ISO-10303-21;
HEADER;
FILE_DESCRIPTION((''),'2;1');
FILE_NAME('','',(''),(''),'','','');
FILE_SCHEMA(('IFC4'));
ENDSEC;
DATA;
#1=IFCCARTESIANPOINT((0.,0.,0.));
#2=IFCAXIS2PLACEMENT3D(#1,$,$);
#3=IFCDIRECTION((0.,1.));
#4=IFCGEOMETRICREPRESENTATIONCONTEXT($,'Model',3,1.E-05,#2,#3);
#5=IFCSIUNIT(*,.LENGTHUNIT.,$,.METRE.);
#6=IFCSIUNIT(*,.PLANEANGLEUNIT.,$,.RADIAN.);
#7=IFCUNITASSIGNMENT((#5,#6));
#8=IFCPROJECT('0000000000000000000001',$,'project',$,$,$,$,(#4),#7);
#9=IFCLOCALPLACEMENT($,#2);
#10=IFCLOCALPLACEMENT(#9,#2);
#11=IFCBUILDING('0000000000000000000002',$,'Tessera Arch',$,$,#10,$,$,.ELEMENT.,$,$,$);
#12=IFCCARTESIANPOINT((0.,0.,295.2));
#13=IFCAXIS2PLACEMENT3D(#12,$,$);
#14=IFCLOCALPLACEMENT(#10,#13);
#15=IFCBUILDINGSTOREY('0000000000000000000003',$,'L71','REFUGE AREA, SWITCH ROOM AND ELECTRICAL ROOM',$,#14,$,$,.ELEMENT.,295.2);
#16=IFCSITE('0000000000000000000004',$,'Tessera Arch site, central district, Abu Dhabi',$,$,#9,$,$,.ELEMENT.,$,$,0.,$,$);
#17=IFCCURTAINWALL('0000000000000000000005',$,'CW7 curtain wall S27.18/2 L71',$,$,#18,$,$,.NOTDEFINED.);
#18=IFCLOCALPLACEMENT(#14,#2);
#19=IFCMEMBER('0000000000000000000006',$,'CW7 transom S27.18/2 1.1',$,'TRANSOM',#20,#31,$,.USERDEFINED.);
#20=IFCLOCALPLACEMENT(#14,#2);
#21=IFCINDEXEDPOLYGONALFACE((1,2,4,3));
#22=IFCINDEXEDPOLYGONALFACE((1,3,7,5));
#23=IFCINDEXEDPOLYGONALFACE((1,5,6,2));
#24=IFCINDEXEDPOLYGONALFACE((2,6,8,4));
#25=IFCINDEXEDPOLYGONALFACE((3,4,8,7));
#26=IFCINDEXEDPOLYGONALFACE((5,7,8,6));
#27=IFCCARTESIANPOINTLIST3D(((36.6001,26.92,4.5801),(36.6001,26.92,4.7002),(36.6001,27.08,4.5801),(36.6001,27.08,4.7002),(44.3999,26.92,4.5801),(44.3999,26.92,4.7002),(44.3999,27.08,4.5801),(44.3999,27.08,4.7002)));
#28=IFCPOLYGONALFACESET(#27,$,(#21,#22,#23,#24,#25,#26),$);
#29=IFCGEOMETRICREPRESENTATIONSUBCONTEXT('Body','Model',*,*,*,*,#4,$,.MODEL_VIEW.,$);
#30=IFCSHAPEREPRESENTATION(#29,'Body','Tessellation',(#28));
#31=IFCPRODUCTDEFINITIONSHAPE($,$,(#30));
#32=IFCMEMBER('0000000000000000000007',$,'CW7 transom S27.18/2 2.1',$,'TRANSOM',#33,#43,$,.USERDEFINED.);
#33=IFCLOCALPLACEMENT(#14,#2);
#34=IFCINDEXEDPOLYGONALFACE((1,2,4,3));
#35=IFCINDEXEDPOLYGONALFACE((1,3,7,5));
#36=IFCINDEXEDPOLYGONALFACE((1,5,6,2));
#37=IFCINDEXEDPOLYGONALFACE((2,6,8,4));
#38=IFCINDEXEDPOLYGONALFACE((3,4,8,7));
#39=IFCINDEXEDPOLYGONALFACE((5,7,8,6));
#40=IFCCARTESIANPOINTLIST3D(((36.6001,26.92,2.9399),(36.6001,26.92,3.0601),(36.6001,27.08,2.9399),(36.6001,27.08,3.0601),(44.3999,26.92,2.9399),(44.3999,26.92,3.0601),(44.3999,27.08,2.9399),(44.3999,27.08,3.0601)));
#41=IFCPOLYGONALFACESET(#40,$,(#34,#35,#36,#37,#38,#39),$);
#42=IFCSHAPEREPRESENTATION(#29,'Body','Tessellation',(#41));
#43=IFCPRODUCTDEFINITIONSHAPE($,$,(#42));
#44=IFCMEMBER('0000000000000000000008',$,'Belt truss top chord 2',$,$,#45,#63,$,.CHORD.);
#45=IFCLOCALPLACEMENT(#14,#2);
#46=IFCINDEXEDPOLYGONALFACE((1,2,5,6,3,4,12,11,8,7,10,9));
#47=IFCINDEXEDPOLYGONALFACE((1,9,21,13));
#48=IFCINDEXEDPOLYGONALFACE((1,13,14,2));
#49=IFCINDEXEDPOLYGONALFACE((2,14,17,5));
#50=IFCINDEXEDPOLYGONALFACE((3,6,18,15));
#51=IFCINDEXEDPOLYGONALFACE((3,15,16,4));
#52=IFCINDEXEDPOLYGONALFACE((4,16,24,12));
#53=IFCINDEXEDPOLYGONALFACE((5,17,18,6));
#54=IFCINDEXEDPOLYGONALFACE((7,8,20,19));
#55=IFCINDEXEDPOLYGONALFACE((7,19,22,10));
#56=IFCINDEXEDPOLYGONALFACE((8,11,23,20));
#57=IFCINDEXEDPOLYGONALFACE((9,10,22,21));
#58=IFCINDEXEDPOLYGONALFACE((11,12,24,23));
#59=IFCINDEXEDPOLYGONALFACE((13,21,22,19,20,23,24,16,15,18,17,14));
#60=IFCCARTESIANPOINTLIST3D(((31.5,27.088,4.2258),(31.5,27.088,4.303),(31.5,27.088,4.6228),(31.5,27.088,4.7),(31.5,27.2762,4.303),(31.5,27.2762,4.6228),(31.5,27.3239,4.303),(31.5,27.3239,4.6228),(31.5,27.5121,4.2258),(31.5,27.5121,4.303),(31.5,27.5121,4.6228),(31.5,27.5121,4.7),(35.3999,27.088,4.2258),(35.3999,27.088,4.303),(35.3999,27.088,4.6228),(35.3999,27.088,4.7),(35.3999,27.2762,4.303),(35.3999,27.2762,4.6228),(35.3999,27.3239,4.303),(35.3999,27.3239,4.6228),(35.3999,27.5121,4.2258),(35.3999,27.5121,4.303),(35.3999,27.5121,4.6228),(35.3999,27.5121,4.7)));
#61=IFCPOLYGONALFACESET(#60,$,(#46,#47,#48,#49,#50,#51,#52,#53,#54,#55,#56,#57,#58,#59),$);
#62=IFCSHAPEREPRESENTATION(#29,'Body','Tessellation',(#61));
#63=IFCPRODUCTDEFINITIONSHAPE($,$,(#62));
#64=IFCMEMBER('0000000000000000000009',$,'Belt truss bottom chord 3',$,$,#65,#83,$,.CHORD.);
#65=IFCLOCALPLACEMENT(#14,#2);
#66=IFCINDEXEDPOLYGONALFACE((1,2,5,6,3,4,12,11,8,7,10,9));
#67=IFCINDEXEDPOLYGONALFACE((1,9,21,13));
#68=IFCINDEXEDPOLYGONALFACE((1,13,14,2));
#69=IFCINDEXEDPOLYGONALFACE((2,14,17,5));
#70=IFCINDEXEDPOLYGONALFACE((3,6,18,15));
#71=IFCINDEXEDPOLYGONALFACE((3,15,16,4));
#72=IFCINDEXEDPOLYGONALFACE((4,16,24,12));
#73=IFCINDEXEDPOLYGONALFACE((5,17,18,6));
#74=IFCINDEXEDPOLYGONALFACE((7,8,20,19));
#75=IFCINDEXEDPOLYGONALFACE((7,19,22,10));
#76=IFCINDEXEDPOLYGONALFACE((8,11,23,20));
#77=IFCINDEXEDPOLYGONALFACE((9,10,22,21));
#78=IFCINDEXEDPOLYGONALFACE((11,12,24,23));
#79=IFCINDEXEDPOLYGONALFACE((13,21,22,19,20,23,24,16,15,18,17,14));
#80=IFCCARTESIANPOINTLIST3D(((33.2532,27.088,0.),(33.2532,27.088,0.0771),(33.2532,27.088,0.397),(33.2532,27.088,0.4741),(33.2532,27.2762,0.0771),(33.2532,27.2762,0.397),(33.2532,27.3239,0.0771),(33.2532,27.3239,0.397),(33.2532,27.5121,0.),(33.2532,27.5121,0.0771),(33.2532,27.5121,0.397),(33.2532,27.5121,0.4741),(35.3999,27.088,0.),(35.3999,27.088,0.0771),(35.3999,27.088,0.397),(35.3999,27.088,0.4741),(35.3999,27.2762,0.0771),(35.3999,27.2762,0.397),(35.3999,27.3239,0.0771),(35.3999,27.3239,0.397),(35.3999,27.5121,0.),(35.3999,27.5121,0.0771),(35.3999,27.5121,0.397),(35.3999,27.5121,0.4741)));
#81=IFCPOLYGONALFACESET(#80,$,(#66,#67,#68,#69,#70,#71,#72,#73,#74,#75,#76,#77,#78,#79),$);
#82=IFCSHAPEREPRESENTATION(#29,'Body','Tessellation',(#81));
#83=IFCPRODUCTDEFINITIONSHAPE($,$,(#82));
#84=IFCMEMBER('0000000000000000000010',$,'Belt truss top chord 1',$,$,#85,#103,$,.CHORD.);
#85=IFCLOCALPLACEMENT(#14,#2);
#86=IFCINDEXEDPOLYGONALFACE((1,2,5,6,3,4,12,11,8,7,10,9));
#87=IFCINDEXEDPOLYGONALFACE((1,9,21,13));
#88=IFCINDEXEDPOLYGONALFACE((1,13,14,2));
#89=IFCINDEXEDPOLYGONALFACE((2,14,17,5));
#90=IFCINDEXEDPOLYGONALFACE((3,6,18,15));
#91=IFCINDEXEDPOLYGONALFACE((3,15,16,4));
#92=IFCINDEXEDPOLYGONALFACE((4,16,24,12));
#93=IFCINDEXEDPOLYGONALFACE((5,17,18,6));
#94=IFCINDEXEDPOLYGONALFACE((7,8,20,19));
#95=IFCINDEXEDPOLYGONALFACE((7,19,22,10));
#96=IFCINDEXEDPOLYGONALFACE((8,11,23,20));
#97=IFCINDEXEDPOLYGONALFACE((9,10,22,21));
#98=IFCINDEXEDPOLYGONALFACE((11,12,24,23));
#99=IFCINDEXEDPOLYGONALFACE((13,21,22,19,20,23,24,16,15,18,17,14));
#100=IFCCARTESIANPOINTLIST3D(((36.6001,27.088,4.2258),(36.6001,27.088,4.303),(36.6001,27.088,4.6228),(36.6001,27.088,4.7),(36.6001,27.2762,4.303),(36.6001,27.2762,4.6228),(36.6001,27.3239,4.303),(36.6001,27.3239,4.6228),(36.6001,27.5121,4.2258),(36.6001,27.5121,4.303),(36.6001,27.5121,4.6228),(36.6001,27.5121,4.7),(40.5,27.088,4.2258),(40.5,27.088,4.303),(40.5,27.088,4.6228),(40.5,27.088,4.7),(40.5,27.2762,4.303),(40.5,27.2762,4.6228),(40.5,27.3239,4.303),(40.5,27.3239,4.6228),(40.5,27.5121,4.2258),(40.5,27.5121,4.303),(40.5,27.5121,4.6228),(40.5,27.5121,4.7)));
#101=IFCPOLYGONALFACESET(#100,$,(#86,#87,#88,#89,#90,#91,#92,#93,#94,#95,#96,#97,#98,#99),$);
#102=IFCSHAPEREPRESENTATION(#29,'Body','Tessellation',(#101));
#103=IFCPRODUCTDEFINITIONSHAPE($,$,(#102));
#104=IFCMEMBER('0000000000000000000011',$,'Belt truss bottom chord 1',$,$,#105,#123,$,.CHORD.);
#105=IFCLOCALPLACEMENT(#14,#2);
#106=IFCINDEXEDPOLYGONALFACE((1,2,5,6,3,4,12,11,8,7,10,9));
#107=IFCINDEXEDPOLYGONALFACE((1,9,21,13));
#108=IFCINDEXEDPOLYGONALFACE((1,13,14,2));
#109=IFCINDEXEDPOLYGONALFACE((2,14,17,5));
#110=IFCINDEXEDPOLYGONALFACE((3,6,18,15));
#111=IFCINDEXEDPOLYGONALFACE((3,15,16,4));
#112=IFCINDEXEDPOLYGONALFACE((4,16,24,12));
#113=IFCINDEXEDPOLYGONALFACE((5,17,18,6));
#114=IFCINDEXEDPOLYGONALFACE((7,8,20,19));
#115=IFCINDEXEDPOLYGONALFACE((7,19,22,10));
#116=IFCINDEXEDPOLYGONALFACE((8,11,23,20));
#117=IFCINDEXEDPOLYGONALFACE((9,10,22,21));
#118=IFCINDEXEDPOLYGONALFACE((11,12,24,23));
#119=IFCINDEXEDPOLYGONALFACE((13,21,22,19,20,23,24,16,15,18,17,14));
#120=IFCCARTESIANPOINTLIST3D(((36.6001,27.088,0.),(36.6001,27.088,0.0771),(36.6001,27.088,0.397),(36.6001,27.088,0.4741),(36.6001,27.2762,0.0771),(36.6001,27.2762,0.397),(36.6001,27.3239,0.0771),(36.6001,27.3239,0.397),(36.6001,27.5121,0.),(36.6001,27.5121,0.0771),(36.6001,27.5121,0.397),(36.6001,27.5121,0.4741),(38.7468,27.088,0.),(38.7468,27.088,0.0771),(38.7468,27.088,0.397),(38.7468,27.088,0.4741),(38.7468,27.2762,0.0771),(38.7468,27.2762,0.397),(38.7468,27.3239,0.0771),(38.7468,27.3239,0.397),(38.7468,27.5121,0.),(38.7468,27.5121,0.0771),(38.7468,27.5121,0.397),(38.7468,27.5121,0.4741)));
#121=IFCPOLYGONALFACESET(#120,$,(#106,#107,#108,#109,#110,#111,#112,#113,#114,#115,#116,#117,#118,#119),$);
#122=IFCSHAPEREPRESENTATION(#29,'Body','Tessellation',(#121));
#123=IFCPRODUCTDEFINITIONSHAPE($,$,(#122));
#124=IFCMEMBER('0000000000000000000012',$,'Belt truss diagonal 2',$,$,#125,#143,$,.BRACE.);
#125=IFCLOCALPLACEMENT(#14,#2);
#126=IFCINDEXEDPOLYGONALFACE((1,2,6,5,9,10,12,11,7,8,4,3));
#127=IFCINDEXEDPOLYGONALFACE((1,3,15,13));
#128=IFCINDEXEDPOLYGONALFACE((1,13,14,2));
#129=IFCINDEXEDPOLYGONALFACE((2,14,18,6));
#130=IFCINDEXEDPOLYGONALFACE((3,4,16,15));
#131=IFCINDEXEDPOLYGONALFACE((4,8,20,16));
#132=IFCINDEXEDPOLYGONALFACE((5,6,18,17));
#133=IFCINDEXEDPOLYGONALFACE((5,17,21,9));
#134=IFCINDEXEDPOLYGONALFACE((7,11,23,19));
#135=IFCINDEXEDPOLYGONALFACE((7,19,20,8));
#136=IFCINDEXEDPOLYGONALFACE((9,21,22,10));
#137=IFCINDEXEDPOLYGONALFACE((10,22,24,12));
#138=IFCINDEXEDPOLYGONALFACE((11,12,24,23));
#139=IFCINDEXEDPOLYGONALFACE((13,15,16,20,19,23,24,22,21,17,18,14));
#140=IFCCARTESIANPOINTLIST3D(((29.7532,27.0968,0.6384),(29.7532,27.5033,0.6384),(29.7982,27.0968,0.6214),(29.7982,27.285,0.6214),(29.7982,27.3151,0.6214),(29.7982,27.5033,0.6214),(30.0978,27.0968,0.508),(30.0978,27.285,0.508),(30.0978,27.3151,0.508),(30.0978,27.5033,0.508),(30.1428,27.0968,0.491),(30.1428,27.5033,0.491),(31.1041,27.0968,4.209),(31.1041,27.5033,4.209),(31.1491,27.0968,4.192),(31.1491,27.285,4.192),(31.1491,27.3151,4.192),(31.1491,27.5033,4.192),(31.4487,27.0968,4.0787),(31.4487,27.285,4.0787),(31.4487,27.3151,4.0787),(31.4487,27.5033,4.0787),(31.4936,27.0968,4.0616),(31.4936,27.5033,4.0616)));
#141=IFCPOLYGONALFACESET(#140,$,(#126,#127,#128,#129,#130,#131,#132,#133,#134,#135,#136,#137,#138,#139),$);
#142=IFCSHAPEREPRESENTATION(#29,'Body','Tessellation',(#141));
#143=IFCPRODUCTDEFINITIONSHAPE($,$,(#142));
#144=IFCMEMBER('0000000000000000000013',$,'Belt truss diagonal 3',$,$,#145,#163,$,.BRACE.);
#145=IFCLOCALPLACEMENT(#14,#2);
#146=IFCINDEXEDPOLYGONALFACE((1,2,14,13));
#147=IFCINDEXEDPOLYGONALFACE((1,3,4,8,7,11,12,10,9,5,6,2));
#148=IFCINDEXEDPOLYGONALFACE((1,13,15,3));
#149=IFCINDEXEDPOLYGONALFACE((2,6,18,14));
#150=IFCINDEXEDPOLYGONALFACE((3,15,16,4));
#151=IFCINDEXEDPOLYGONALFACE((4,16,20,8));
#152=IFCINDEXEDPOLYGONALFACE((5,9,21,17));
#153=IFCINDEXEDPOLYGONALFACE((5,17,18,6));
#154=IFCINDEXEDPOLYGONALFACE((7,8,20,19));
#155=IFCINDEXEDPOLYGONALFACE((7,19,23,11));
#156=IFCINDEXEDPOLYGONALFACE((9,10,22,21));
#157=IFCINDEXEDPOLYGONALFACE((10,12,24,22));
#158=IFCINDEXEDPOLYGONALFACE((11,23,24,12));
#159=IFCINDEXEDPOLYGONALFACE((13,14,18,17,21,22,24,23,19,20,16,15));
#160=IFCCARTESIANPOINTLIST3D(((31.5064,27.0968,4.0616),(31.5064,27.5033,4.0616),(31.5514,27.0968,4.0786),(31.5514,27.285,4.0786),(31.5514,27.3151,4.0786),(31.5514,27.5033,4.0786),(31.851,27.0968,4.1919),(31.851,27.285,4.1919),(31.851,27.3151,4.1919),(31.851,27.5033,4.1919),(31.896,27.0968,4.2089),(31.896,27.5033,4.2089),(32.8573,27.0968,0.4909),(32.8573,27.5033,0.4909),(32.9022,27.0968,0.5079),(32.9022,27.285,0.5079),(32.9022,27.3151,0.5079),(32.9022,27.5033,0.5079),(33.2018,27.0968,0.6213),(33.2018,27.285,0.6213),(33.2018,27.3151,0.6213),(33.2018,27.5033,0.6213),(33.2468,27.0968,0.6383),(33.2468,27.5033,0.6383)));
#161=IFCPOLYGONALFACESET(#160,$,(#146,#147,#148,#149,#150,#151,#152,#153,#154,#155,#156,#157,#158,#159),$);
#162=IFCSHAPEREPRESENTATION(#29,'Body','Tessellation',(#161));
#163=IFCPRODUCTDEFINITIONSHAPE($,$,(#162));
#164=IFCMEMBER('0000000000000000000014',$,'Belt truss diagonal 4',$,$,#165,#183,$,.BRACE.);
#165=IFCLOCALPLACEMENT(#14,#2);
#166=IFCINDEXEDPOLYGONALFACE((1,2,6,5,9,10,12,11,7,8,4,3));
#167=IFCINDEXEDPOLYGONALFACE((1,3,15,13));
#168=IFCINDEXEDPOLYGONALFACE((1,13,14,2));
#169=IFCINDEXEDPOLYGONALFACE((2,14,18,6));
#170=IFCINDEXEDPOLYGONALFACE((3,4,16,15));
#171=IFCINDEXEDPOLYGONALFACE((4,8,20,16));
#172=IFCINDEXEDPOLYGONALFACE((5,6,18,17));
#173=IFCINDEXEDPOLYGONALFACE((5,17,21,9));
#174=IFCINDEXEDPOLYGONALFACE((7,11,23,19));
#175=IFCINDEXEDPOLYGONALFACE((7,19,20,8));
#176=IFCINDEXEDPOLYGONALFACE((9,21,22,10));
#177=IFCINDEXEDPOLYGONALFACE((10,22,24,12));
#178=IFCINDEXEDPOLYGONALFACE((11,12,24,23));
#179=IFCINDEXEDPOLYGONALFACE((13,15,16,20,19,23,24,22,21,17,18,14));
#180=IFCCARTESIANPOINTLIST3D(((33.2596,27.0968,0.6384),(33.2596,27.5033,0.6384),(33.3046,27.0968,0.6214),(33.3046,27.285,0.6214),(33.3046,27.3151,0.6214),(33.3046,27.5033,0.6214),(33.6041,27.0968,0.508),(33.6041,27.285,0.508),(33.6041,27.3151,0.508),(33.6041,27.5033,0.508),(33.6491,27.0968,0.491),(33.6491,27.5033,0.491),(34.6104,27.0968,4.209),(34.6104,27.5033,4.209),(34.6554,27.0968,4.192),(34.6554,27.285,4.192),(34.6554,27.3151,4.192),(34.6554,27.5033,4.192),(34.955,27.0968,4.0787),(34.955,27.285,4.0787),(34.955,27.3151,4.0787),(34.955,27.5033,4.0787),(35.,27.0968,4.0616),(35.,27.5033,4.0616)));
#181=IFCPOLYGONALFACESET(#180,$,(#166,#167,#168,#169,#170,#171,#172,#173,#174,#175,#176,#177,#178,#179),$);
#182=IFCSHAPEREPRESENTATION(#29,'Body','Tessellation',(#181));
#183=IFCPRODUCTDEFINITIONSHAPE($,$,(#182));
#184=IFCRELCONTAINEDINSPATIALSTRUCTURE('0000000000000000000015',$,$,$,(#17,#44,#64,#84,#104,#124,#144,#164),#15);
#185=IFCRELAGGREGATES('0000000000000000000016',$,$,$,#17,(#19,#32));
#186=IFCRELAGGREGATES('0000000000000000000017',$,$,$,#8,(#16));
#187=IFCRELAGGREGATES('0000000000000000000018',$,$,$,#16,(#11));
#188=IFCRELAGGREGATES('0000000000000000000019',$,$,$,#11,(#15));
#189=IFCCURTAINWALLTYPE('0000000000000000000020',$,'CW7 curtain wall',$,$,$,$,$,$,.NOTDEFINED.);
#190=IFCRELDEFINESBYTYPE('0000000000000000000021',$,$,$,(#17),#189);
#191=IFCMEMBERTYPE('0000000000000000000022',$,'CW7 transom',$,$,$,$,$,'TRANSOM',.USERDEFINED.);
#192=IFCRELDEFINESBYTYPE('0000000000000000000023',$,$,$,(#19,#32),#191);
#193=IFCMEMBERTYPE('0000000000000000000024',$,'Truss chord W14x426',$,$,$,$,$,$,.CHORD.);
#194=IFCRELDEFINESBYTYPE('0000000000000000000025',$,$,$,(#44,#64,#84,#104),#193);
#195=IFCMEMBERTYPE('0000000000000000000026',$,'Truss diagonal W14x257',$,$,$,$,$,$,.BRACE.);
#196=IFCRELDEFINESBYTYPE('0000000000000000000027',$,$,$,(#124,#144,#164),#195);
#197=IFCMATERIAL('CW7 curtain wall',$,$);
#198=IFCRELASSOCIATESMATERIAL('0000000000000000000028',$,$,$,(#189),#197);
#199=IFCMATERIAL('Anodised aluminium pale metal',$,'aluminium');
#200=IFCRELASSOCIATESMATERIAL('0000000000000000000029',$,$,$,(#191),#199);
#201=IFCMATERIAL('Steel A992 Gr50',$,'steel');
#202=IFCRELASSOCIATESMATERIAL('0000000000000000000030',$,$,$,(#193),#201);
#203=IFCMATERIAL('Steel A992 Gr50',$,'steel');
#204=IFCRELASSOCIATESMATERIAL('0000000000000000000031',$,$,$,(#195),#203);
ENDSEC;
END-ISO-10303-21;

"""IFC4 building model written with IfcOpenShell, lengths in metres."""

from ifc_helpers import new_model, si_unit, direction, frame, origin, origin_2d, place, context, subcontext, project, spatial, rectangle, i_section, extrude, material, material_profile, profile_set, type_object, element, aggregate, save


model = new_model("IFC4")

# Units and contexts
model_context = context("Model", 3, precision=1e-05, world=origin(), true_north=direction((0.0, 1.0)))
body_context = subcontext(model_context, "Body", "Model", "MODEL_VIEW")
ifc_project = project(units=[si_unit("LENGTHUNIT", "METRE"), si_unit("PLANEANGLEUNIT", "RADIAN")], contexts=[model_context])

# Site, building, storey
site_placement = place(None, origin())
site = spatial("IfcSite", under=ifc_project, at=site_placement, Name="Tessera Arch site, central district, Abu Dhabi", CompositionType="ELEMENT", RefElevation=0.0)
building_placement = place(site_placement, origin())
building = spatial("IfcBuilding", under=site, at=building_placement, Name="Tessera Arch", CompositionType="ELEMENT")
storey_placement = place(building_placement, frame((0.0, 0.0, 295.2)))
storey = spatial("IfcBuildingStorey", under=building, at=storey_placement, Name="L71", Description="REFUGE AREA, SWITCH ROOM AND ELECTRICAL ROOM", CompositionType="ELEMENT", Elevation=295.2)

# Curtain wall, members
ifc_material_1 = material(Name="CW7 curtain wall")
curtain_wall_type = type_object("IfcCurtainWallType", Name="CW7 curtain wall", PredefinedType="NOTDEFINED", material=ifc_material_1)
curtain_wall_placement = place(storey_placement, origin())
curtain_wall = element("IfcCurtainWall", 1, at=curtain_wall_placement, inside=storey, type_object=curtain_wall_type, Name="CW7 curtain wall S27.18/2 L71", PredefinedType="NOTDEFINED")
ifc_material_2 = material(Name="Anodised aluminium pale metal", Category="aluminium")
ifc_material_profile_1 = material_profile(ifc_material_2, rectangle(XDim=0.1599, YDim=0.1201, at=origin_2d()), Name="AL 160x120")
ifc_profile_set_1 = profile_set([ifc_material_profile_1], Name="Anodised aluminium pale metal")
member_type_1 = type_object("IfcMemberType", Name="CW7 transom", ElementType="TRANSOM", PredefinedType="USERDEFINED", material=ifc_profile_set_1)
member_1_placement = place(storey_placement, frame((36.6001, 27.0, 4.6401), z_axis=(1.0, 0.0, 0.0), x_axis=(0.0, 1.0, 0.0)))
member_1 = element("IfcMember", 2, at=member_1_placement, type_object=member_type_1, Name="CW7 transom S27.18/2 1.1", ObjectType="TRANSOM", PredefinedType="USERDEFINED", context=body_context, shape_type="SweptSolid", body=[
    extrude(rectangle(XDim=0.1599, YDim=0.1201, at=origin_2d()), origin(), (0.0, 0.0, 1.0), 7.7998),
])
member_2_placement = place(storey_placement, frame((36.6001, 27.0, 3.0), z_axis=(1.0, 0.0, 0.0), x_axis=(0.0, 1.0, 0.0)))
member_2 = element("IfcMember", 3, at=member_2_placement, type_object=member_type_1, Name="CW7 transom S27.18/2 2.1", ObjectType="TRANSOM", PredefinedType="USERDEFINED", context=body_context, shape_type="SweptSolid", body=[
    extrude(rectangle(XDim=0.1599, YDim=0.1201, at=origin_2d()), origin(), (0.0, 0.0, 1.0), 7.7998),
])
aggregate(curtain_wall, [member_1, member_2])

# Members
ifc_material_3 = material(Name="Steel A992 Gr50", Category="steel")
ifc_material_profile_2 = material_profile(ifc_material_3, i_section(OverallWidth=0.4241, OverallDepth=0.4741, WebThickness=0.0476, FlangeThickness=0.0771, at=origin_2d()), Name="W14x426")
ifc_profile_set_2 = profile_set([ifc_material_profile_2], Name="Steel A992 Gr50")
member_type_2 = type_object("IfcMemberType", Name="Truss chord W14x426", PredefinedType="CHORD", material=ifc_profile_set_2)
member_3_placement = place(storey_placement, frame((31.5, 27.3, 4.4629), z_axis=(1.0, 0.0, 0.0), x_axis=(0.0, 1.0, 0.0)))
element("IfcMember", 4, at=member_3_placement, inside=storey, type_object=member_type_2, Name="Belt truss top chord 2", PredefinedType="CHORD", context=body_context, shape_type="SweptSolid", body=[
    extrude(i_section(OverallWidth=0.4241, OverallDepth=0.4741, WebThickness=0.0476, FlangeThickness=0.0771, at=origin_2d()), origin(), (0.0, 0.0, 1.0), 3.8999),
])
member_4_placement = place(storey_placement, frame((33.2532, 27.3, 0.2371), z_axis=(1.0, 0.0, 0.0), x_axis=(0.0, 1.0, 0.0)))
element("IfcMember", 5, at=member_4_placement, inside=storey, type_object=member_type_2, Name="Belt truss bottom chord 3", PredefinedType="CHORD", context=body_context, shape_type="SweptSolid", body=[
    extrude(i_section(OverallWidth=0.4241, OverallDepth=0.4741, WebThickness=0.0476, FlangeThickness=0.0771, at=origin_2d()), origin(), (0.0, 0.0, 1.0), 2.1467),
])
member_5_placement = place(storey_placement, frame((36.6001, 27.3, 4.4629), z_axis=(1.0, 0.0, 0.0), x_axis=(0.0, 1.0, 0.0)))
element("IfcMember", 6, at=member_5_placement, inside=storey, type_object=member_type_2, Name="Belt truss top chord 1", PredefinedType="CHORD", context=body_context, shape_type="SweptSolid", body=[
    extrude(i_section(OverallWidth=0.4241, OverallDepth=0.4741, WebThickness=0.0476, FlangeThickness=0.0771, at=origin_2d()), origin(), (0.0, 0.0, 1.0), 3.8999),
])
member_6_placement = place(storey_placement, frame((36.6001, 27.3, 0.2371), z_axis=(1.0, 0.0, 0.0), x_axis=(0.0, 1.0, 0.0)))
element("IfcMember", 7, at=member_6_placement, inside=storey, type_object=member_type_2, Name="Belt truss bottom chord 1", PredefinedType="CHORD", context=body_context, shape_type="SweptSolid", body=[
    extrude(i_section(OverallWidth=0.4241, OverallDepth=0.4741, WebThickness=0.0476, FlangeThickness=0.0771, at=origin_2d()), origin(), (0.0, 0.0, 1.0), 2.1467),
])
ifc_material_4 = material(Name="Steel A992 Gr50", Category="steel")
ifc_material_profile_3 = material_profile(ifc_material_4, i_section(OverallWidth=0.4065, OverallDepth=0.4165, WebThickness=0.03, FlangeThickness=0.0481, at=origin_2d()), Name="W14x257")
ifc_profile_set_3 = profile_set([ifc_material_profile_3], Name="Steel A992 Gr50")
member_type_3 = type_object("IfcMemberType", Name="Truss diagonal W14x257", PredefinedType="BRACE", material=ifc_profile_set_3)
for number, where, z_axis, x_axis, name in (
    (8, (29.948, 27.3, 0.5647), (0.353848, 0.0, 0.935303), (0.0, 1.0, 0.0), "Belt truss diagonal 2"),
    (9, (31.7012, 27.3, 4.1353), (0.353848, 0.0, -0.935303), (0.0, 1.0, 0.0), "Belt truss diagonal 3"),
    (10, (33.4543, 27.3, 0.5647), (0.353848, 0.0, 0.935303), (0.0, 1.0, 0.0), "Belt truss diagonal 4"),
):
    element("IfcMember", number, at=place(storey_placement, frame(where, z_axis=z_axis, x_axis=x_axis)), inside=storey, type_object=member_type_3, Name=name, PredefinedType="BRACE", context=body_context, shape_type="SweptSolid", body=[
        extrude(i_section(OverallWidth=0.4065, OverallDepth=0.4165, WebThickness=0.03, FlangeThickness=0.0481, at=origin_2d()), origin(), (0.0, 0.0, 1.0), 3.8176),
    ])

save(model, "model.ifc")
